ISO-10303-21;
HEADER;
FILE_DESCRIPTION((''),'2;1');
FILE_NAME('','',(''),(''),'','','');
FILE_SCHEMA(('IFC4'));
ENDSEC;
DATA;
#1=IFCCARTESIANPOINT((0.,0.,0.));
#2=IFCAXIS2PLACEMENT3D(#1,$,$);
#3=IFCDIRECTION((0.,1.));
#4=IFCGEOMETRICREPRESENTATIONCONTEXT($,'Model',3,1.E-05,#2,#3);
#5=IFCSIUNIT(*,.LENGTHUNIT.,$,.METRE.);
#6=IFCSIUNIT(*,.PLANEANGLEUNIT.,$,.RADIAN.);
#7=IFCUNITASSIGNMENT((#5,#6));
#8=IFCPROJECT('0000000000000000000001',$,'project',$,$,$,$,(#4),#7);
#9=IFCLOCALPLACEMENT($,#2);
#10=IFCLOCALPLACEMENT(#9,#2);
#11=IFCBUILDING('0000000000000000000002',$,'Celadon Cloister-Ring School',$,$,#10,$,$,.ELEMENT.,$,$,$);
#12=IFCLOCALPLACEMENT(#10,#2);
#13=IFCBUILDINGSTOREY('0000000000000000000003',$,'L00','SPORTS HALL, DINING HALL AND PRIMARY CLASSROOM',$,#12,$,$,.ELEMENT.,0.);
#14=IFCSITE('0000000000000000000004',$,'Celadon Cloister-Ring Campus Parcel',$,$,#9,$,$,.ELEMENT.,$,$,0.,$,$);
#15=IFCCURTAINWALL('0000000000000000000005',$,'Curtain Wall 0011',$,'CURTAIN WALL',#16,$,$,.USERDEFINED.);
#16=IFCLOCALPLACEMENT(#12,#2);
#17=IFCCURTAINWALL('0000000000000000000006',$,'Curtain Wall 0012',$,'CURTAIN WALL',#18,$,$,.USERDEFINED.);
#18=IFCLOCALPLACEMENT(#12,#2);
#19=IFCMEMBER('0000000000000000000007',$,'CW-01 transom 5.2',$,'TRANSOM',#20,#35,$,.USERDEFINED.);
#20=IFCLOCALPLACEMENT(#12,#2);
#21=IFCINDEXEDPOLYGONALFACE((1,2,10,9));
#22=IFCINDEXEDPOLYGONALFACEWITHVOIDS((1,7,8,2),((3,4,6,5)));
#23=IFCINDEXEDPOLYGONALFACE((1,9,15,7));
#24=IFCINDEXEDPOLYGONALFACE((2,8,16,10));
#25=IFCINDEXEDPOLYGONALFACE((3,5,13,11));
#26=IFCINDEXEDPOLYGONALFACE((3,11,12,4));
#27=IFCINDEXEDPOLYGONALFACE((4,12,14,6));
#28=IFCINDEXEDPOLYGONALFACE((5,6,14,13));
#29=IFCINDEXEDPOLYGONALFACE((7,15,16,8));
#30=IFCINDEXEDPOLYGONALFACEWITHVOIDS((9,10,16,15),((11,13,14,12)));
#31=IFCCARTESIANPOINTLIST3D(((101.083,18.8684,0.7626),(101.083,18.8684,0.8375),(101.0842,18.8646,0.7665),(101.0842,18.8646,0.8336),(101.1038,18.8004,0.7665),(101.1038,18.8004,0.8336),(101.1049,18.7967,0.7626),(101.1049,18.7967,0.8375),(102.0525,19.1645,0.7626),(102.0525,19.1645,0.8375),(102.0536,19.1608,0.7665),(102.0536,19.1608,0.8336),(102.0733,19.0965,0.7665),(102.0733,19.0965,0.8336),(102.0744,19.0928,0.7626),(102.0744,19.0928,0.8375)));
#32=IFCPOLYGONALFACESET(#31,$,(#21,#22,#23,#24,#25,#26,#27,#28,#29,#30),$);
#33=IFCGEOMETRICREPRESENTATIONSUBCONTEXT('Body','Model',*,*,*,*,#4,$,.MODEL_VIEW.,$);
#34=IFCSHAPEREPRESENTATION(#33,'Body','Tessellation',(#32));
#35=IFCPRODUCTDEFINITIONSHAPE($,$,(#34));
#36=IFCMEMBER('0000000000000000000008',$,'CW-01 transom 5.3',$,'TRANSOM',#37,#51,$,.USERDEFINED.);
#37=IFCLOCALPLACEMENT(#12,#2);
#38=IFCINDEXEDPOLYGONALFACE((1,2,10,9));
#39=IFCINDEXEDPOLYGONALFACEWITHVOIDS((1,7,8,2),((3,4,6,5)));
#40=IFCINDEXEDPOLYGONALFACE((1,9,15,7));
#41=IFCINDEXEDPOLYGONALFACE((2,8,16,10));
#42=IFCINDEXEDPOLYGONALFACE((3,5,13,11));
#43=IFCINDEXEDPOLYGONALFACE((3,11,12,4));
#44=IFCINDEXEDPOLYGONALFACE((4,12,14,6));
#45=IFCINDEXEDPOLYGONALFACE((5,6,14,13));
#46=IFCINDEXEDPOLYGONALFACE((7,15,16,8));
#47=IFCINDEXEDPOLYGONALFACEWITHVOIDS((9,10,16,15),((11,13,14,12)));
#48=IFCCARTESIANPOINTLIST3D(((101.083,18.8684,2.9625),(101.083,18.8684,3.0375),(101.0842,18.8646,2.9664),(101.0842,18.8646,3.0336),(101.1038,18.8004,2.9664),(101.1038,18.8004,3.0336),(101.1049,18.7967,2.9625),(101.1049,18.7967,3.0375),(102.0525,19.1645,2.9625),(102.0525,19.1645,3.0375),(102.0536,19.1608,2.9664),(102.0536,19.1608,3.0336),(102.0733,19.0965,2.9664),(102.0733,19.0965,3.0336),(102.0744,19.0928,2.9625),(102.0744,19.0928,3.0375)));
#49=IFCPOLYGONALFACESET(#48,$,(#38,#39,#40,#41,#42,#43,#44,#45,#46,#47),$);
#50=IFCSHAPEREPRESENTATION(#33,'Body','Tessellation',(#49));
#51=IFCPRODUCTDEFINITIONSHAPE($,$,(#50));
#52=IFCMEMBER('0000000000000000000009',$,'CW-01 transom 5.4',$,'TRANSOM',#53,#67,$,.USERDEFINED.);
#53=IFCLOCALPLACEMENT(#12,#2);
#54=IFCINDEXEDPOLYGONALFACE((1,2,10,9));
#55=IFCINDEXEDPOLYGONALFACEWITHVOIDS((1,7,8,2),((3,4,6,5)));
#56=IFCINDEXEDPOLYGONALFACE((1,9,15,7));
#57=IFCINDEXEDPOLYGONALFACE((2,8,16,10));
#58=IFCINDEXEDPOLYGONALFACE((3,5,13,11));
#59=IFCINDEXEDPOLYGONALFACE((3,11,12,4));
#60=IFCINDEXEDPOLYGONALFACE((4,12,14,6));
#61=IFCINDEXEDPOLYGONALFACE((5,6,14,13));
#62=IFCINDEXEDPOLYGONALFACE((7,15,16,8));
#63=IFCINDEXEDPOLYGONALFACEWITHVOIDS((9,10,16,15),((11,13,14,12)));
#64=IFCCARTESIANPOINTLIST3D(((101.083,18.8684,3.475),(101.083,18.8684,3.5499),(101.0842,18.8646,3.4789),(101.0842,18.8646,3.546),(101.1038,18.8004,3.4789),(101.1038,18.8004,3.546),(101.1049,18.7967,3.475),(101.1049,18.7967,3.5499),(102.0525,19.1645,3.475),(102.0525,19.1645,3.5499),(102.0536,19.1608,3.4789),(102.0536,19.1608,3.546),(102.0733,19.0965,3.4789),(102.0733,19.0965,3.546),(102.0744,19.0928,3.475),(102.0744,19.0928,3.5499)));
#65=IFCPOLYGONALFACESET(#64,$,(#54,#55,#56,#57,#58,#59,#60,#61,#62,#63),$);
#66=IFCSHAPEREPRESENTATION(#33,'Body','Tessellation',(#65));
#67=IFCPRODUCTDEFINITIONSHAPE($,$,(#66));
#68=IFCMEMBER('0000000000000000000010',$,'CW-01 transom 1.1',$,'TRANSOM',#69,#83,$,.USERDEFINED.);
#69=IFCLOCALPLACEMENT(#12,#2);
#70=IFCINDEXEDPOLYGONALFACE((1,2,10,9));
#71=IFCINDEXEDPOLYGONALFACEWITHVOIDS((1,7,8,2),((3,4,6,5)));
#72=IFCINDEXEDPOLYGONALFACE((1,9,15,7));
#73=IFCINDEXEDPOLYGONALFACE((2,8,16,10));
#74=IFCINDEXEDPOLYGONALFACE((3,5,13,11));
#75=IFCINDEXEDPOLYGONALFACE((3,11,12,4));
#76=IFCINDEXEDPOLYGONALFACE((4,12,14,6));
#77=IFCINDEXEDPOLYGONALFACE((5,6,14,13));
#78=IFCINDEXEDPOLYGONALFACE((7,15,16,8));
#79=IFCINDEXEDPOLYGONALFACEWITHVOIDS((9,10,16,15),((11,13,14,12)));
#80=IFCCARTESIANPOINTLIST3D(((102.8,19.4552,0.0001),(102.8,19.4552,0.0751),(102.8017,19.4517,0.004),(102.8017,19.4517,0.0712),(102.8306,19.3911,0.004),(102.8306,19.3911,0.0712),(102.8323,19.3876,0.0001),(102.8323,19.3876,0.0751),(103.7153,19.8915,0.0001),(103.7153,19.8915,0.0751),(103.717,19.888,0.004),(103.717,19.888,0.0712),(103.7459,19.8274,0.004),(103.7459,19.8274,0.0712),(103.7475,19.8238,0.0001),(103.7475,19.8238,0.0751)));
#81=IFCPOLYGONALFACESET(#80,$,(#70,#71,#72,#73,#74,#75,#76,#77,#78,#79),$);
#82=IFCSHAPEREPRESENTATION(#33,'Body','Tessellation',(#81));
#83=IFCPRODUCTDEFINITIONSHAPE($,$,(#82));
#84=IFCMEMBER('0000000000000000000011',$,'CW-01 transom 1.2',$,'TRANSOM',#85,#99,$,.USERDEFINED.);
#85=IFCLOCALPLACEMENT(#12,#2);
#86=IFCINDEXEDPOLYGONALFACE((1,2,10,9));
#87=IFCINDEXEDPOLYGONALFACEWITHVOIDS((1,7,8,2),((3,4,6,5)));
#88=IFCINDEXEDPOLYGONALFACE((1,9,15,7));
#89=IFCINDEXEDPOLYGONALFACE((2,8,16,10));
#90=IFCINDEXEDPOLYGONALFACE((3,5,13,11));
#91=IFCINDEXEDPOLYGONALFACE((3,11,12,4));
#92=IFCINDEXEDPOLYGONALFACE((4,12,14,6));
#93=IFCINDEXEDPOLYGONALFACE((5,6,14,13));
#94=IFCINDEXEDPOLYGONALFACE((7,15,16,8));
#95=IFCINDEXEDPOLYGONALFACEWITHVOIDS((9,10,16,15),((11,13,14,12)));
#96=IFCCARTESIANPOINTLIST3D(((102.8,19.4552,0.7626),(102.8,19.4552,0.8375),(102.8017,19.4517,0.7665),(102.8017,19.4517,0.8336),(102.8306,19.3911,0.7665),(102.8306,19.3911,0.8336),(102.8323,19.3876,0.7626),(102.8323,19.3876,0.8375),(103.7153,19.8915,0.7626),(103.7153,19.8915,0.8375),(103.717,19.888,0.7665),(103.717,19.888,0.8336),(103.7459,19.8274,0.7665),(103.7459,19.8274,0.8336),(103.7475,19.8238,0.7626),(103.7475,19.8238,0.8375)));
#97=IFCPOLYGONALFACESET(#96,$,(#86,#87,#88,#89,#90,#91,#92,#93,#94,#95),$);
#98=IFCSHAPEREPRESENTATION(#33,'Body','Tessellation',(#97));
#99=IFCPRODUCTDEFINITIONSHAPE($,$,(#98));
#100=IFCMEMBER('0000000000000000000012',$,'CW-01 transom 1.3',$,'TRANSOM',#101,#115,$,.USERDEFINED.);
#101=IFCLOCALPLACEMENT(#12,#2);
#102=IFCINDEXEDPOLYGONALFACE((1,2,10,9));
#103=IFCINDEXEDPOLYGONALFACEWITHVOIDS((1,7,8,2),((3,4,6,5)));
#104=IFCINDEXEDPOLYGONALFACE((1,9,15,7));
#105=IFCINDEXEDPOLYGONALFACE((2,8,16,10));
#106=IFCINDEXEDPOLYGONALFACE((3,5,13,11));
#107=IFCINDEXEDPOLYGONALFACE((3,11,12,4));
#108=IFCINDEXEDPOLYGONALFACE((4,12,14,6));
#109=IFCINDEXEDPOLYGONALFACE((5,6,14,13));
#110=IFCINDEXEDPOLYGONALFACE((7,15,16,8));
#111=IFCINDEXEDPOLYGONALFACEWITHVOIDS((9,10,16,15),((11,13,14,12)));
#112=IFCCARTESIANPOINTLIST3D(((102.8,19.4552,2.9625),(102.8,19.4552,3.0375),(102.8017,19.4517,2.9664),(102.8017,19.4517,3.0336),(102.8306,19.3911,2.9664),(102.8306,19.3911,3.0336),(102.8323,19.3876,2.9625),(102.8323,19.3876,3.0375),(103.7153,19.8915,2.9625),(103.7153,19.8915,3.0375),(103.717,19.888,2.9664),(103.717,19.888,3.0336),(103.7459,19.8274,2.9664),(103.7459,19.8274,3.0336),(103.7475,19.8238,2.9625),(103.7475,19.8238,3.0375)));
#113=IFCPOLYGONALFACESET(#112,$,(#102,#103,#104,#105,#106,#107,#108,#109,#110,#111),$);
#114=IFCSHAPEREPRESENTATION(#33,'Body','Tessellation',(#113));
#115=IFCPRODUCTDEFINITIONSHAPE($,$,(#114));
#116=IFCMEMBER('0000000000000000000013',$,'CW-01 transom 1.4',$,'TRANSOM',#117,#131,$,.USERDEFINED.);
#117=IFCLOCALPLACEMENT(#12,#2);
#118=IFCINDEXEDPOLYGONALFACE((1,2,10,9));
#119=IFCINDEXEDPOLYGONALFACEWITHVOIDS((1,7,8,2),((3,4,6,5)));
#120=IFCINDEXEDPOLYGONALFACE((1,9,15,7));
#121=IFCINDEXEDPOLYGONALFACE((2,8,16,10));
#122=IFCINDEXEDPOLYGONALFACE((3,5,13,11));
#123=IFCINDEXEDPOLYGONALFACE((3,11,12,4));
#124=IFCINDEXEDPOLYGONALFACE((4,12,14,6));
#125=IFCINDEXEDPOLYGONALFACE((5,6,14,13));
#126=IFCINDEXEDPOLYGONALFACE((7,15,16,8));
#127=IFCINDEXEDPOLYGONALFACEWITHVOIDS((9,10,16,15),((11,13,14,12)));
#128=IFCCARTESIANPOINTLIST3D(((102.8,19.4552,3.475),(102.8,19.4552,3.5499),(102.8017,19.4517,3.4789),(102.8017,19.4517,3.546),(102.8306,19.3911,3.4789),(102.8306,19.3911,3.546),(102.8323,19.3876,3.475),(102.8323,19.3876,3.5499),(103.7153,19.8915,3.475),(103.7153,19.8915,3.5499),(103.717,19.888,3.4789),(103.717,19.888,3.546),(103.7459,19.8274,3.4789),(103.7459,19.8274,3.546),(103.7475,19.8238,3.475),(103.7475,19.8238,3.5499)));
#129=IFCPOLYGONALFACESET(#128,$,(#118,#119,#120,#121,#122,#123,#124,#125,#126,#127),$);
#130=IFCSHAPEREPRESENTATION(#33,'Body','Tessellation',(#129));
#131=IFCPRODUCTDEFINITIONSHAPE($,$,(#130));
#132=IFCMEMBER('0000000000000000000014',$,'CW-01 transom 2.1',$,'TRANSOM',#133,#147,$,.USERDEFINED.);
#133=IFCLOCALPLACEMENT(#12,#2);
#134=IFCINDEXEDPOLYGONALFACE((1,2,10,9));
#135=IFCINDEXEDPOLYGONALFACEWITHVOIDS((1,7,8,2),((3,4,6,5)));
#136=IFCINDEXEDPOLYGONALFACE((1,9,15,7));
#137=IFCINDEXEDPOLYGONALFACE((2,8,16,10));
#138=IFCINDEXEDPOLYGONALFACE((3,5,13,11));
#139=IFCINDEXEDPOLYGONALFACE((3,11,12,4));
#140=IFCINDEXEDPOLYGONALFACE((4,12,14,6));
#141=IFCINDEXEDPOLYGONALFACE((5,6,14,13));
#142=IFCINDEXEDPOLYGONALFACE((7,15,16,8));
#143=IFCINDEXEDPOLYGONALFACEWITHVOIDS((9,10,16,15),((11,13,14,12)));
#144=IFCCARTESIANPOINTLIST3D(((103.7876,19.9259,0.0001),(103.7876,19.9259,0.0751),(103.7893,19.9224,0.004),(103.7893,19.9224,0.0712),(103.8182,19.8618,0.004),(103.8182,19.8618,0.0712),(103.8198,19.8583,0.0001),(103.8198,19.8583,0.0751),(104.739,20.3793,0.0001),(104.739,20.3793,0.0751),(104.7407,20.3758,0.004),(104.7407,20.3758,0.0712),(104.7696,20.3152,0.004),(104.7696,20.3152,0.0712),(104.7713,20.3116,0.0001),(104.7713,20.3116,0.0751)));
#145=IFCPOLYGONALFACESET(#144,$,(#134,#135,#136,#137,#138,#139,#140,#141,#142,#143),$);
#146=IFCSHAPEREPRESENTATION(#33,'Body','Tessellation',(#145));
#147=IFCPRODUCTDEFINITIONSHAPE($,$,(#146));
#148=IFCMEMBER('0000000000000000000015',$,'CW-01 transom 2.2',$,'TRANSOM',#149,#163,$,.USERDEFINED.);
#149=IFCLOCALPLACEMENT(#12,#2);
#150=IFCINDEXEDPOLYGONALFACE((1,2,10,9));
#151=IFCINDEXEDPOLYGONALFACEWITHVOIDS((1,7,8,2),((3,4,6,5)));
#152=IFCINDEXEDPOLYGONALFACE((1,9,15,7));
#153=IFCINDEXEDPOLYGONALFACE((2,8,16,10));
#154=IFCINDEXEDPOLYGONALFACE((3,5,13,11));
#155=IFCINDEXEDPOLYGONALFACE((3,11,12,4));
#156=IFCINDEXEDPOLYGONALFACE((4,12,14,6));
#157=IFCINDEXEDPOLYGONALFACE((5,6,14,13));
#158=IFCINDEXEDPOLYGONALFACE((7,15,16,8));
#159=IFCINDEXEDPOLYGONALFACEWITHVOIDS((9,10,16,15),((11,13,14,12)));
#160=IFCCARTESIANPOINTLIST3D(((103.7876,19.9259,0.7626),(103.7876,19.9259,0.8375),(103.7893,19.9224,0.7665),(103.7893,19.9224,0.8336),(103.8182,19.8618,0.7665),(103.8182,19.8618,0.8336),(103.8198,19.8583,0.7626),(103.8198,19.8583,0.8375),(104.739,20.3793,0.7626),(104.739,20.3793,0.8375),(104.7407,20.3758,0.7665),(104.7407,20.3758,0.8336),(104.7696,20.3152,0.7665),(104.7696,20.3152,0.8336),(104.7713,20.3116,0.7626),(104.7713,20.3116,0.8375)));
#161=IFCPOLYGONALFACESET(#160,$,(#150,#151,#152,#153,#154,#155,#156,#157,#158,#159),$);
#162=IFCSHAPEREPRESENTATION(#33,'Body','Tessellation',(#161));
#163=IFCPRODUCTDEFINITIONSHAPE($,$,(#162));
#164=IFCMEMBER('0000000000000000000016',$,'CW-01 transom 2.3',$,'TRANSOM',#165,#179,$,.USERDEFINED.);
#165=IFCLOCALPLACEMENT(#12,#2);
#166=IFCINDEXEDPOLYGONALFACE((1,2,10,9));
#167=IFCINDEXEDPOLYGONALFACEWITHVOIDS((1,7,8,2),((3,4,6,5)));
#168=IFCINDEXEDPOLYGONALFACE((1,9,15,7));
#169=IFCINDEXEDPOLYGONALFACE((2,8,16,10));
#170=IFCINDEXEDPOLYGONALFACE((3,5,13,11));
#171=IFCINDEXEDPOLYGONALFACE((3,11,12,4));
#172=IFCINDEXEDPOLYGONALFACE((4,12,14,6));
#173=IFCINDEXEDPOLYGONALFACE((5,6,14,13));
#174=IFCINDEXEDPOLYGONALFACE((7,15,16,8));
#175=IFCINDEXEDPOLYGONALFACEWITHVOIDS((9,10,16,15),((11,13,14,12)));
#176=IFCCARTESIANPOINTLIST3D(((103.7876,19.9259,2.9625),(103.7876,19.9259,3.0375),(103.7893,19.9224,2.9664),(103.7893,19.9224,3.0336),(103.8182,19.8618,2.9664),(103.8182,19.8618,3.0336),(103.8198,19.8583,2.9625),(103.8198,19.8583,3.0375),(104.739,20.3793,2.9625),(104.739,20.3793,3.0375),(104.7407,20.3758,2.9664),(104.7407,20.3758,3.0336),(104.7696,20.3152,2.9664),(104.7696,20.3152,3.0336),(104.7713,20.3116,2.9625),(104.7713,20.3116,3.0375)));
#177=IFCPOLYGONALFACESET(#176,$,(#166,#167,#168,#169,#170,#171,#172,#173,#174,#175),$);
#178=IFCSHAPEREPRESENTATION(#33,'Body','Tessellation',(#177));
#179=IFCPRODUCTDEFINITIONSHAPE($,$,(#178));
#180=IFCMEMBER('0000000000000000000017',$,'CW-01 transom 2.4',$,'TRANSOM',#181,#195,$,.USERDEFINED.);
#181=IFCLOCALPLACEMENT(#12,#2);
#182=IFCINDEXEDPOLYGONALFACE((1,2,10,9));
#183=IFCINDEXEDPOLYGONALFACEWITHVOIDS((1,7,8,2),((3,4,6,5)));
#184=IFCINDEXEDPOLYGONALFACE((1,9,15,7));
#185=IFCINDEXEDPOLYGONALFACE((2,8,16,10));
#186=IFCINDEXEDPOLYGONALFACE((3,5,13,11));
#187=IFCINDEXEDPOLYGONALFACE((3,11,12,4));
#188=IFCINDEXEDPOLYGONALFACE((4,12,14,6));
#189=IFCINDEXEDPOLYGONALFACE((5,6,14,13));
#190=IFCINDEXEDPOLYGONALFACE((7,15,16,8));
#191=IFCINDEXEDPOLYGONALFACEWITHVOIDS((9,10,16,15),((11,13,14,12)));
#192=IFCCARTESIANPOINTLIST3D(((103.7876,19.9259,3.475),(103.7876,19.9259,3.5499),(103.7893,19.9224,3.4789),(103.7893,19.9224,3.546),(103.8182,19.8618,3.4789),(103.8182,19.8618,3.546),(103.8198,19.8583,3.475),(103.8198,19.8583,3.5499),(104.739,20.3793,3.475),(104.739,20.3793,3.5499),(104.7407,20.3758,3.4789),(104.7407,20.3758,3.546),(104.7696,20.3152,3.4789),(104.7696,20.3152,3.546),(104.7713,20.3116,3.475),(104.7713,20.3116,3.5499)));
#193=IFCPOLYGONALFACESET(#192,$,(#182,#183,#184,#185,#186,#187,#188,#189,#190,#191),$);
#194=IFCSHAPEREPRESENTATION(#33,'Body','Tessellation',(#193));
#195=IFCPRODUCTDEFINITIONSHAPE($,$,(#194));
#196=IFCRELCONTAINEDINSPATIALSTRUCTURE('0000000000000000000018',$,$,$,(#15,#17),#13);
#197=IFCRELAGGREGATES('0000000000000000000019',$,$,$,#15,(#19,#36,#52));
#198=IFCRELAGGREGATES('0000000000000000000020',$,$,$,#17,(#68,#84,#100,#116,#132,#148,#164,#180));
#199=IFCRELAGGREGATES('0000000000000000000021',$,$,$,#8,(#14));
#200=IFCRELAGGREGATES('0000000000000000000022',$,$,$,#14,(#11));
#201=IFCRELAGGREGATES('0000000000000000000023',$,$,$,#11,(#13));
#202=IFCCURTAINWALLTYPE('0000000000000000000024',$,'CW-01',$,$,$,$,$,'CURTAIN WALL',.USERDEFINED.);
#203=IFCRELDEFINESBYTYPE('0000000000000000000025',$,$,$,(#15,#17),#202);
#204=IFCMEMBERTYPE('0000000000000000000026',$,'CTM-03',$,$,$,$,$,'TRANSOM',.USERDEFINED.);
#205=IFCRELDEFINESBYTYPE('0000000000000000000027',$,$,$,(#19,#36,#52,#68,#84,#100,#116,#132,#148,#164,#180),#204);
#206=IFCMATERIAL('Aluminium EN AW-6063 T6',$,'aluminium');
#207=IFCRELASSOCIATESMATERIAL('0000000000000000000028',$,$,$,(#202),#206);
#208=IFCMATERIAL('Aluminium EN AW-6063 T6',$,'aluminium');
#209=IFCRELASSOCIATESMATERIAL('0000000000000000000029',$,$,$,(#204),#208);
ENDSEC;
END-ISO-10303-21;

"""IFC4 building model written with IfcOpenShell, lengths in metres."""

from ifc_helpers import new_model, si_unit, direction, frame, origin, origin_2d, place, context, subcontext, project, spatial, hollow_rectangle, extrude, material, material_profile, profile_set, type_object, element, aggregate, save


model = new_model("IFC4")

# Units and contexts
model_context = context("Model", 3, precision=1e-05, world=origin(), true_north=direction((0.0, 1.0)))
body_context = subcontext(model_context, "Body", "Model", "MODEL_VIEW")
ifc_project = project(units=[si_unit("LENGTHUNIT", "METRE"), si_unit("PLANEANGLEUNIT", "RADIAN")], contexts=[model_context])

# Site, building, storey
site_placement = place(None, origin())
site = spatial("IfcSite", under=ifc_project, at=site_placement, Name="Celadon Cloister-Ring Campus Parcel", CompositionType="ELEMENT", RefElevation=0.0)
building_placement = place(site_placement, origin())
building = spatial("IfcBuilding", under=site, at=building_placement, Name="Celadon Cloister-Ring School", CompositionType="ELEMENT")
storey_placement = place(building_placement, origin())
storey = spatial("IfcBuildingStorey", under=building, at=storey_placement, Name="L00", Description="SPORTS HALL, DINING HALL AND PRIMARY CLASSROOM", CompositionType="ELEMENT", Elevation=0.0)

# Curtain wall
ifc_material_1 = material(Name="Aluminium EN AW-6063 T6", Category="aluminium")
curtain_wall_type = type_object("IfcCurtainWallType", Name="CW-01", ElementType="CURTAIN WALL", PredefinedType="USERDEFINED", material=ifc_material_1)
curtain_wall_1_placement = place(storey_placement, origin())
curtain_wall_1 = element("IfcCurtainWall", 1, at=curtain_wall_1_placement, inside=storey, type_object=curtain_wall_type, Name="Curtain Wall 0011", ObjectType="CURTAIN WALL", PredefinedType="USERDEFINED")

# Curtain wall
curtain_wall_2_placement = place(storey_placement, origin())
curtain_wall_2 = element("IfcCurtainWall", 2, at=curtain_wall_2_placement, inside=storey, type_object=curtain_wall_type, Name="Curtain Wall 0012", ObjectType="CURTAIN WALL", PredefinedType="USERDEFINED")

# Members
ifc_material_2 = material(Name="Aluminium EN AW-6063 T6", Category="aluminium")
ifc_material_profile_1 = material_profile(ifc_material_2, hollow_rectangle(XDim=0.075, YDim=0.075, WallThickness=0.0039, at=origin_2d()), Name="RHS75X75X4")
ifc_profile_set_1 = profile_set([ifc_material_profile_1], Name="Aluminium EN AW-6063 T6")
member_type_1 = type_object("IfcMemberType", Name="CTM-03", ElementType="TRANSOM", PredefinedType="USERDEFINED", material=ifc_profile_set_1)
member_1_placement = place(storey_placement, frame((101.094, 18.8325, 0.8), z_axis=(0.956376, 0.292139, 0.0), x_axis=(-0.292139, 0.956376, 0.0)))
member_1 = element("IfcMember", 3, at=member_1_placement, type_object=member_type_1, Name="CW-01 transom 5.2", ObjectType="TRANSOM", PredefinedType="USERDEFINED", context=body_context, shape_type="SweptSolid", body=[
    extrude(hollow_rectangle(XDim=0.075, YDim=0.075, WallThickness=0.0039, at=origin_2d()), origin(), (0.0, 0.0, 1.0), 1.0137),
])
member_2_placement = place(storey_placement, frame((101.094, 18.8325, 3.0), z_axis=(0.956376, 0.292139, 0.0), x_axis=(-0.292139, 0.956376, 0.0)))
member_2 = element("IfcMember", 4, at=member_2_placement, type_object=member_type_1, Name="CW-01 transom 5.3", ObjectType="TRANSOM", PredefinedType="USERDEFINED", context=body_context, shape_type="SweptSolid", body=[
    extrude(hollow_rectangle(XDim=0.075, YDim=0.075, WallThickness=0.0039, at=origin_2d()), origin(), (0.0, 0.0, 1.0), 1.0137),
])
member_3_placement = place(storey_placement, frame((101.094, 18.8325, 3.5125), z_axis=(0.956376, 0.292139, 0.0), x_axis=(-0.292139, 0.956376, 0.0)))
member_3 = element("IfcMember", 5, at=member_3_placement, type_object=member_type_1, Name="CW-01 transom 5.4", ObjectType="TRANSOM", PredefinedType="USERDEFINED", context=body_context, shape_type="SweptSolid", body=[
    extrude(hollow_rectangle(XDim=0.075, YDim=0.075, WallThickness=0.0039, at=origin_2d()), origin(), (0.0, 0.0, 1.0), 1.0137),
])
member_4_placement = place(storey_placement, frame((102.8162, 19.4214, 0.0376), z_axis=(0.902696, 0.430279, 0.0), x_axis=(-0.430279, 0.902696, 0.0)))
member_4 = element("IfcMember", 6, at=member_4_placement, type_object=member_type_1, Name="CW-01 transom 1.1", ObjectType="TRANSOM", PredefinedType="USERDEFINED", context=body_context, shape_type="SweptSolid", body=[
    extrude(hollow_rectangle(XDim=0.075, YDim=0.075, WallThickness=0.0039, at=origin_2d()), origin(), (0.0, 0.0, 1.0), 1.0139),
])
member_5_placement = place(storey_placement, frame((102.8162, 19.4214, 0.8), z_axis=(0.902696, 0.430279, 0.0), x_axis=(-0.430279, 0.902696, 0.0)))
member_5 = element("IfcMember", 7, at=member_5_placement, type_object=member_type_1, Name="CW-01 transom 1.2", ObjectType="TRANSOM", PredefinedType="USERDEFINED", context=body_context, shape_type="SweptSolid", body=[
    extrude(hollow_rectangle(XDim=0.075, YDim=0.075, WallThickness=0.0039, at=origin_2d()), origin(), (0.0, 0.0, 1.0), 1.0139),
])
member_6_placement = place(storey_placement, frame((102.8162, 19.4214, 3.0), z_axis=(0.902696, 0.430279, 0.0), x_axis=(-0.430279, 0.902696, 0.0)))
member_6 = element("IfcMember", 8, at=member_6_placement, type_object=member_type_1, Name="CW-01 transom 1.3", ObjectType="TRANSOM", PredefinedType="USERDEFINED", context=body_context, shape_type="SweptSolid", body=[
    extrude(hollow_rectangle(XDim=0.075, YDim=0.075, WallThickness=0.0039, at=origin_2d()), origin(), (0.0, 0.0, 1.0), 1.0139),
])
member_7_placement = place(storey_placement, frame((102.8162, 19.4214, 3.5125), z_axis=(0.902696, 0.430279, 0.0), x_axis=(-0.430279, 0.902696, 0.0)))
member_7 = element("IfcMember", 9, at=member_7_placement, type_object=member_type_1, Name="CW-01 transom 1.4", ObjectType="TRANSOM", PredefinedType="USERDEFINED", context=body_context, shape_type="SweptSolid", body=[
    extrude(hollow_rectangle(XDim=0.075, YDim=0.075, WallThickness=0.0039, at=origin_2d()), origin(), (0.0, 0.0, 1.0), 1.0139),
])
member_8_placement = place(storey_placement, frame((103.8037, 19.8921, 0.0376), z_axis=(0.902745, 0.430176, 0.0), x_axis=(-0.430176, 0.902745, 0.0)))
member_8 = element("IfcMember", 10, at=member_8_placement, type_object=member_type_1, Name="CW-01 transom 2.1", ObjectType="TRANSOM", PredefinedType="USERDEFINED", context=body_context, shape_type="SweptSolid", body=[
    extrude(hollow_rectangle(XDim=0.075, YDim=0.075, WallThickness=0.0039, at=origin_2d()), origin(), (0.0, 0.0, 1.0), 1.054),
])
member_9_placement = place(storey_placement, frame((103.8037, 19.8921, 0.8), z_axis=(0.902745, 0.430176, 0.0), x_axis=(-0.430176, 0.902745, 0.0)))
member_9 = element("IfcMember", 11, at=member_9_placement, type_object=member_type_1, Name="CW-01 transom 2.2", ObjectType="TRANSOM", PredefinedType="USERDEFINED", context=body_context, shape_type="SweptSolid", body=[
    extrude(hollow_rectangle(XDim=0.075, YDim=0.075, WallThickness=0.0039, at=origin_2d()), origin(), (0.0, 0.0, 1.0), 1.054),
])
member_10_placement = place(storey_placement, frame((103.8037, 19.8921, 3.0), z_axis=(0.902745, 0.430176, 0.0), x_axis=(-0.430176, 0.902745, 0.0)))
member_10 = element("IfcMember", 12, at=member_10_placement, type_object=member_type_1, Name="CW-01 transom 2.3", ObjectType="TRANSOM", PredefinedType="USERDEFINED", context=body_context, shape_type="SweptSolid", body=[
    extrude(hollow_rectangle(XDim=0.075, YDim=0.075, WallThickness=0.0039, at=origin_2d()), origin(), (0.0, 0.0, 1.0), 1.054),
])
member_11_placement = place(storey_placement, frame((103.8037, 19.8921, 3.5125), z_axis=(0.902745, 0.430176, 0.0), x_axis=(-0.430176, 0.902745, 0.0)))
member_11 = element("IfcMember", 13, at=member_11_placement, type_object=member_type_1, Name="CW-01 transom 2.4", ObjectType="TRANSOM", PredefinedType="USERDEFINED", context=body_context, shape_type="SweptSolid", body=[
    extrude(hollow_rectangle(XDim=0.075, YDim=0.075, WallThickness=0.0039, at=origin_2d()), origin(), (0.0, 0.0, 1.0), 1.054),
])

aggregate(curtain_wall_1, [member_1, member_2, member_3])
aggregate(curtain_wall_2, [member_4, member_5, member_6, member_7, member_8, member_9, member_10, member_11])

save(model, "model.ifc")
